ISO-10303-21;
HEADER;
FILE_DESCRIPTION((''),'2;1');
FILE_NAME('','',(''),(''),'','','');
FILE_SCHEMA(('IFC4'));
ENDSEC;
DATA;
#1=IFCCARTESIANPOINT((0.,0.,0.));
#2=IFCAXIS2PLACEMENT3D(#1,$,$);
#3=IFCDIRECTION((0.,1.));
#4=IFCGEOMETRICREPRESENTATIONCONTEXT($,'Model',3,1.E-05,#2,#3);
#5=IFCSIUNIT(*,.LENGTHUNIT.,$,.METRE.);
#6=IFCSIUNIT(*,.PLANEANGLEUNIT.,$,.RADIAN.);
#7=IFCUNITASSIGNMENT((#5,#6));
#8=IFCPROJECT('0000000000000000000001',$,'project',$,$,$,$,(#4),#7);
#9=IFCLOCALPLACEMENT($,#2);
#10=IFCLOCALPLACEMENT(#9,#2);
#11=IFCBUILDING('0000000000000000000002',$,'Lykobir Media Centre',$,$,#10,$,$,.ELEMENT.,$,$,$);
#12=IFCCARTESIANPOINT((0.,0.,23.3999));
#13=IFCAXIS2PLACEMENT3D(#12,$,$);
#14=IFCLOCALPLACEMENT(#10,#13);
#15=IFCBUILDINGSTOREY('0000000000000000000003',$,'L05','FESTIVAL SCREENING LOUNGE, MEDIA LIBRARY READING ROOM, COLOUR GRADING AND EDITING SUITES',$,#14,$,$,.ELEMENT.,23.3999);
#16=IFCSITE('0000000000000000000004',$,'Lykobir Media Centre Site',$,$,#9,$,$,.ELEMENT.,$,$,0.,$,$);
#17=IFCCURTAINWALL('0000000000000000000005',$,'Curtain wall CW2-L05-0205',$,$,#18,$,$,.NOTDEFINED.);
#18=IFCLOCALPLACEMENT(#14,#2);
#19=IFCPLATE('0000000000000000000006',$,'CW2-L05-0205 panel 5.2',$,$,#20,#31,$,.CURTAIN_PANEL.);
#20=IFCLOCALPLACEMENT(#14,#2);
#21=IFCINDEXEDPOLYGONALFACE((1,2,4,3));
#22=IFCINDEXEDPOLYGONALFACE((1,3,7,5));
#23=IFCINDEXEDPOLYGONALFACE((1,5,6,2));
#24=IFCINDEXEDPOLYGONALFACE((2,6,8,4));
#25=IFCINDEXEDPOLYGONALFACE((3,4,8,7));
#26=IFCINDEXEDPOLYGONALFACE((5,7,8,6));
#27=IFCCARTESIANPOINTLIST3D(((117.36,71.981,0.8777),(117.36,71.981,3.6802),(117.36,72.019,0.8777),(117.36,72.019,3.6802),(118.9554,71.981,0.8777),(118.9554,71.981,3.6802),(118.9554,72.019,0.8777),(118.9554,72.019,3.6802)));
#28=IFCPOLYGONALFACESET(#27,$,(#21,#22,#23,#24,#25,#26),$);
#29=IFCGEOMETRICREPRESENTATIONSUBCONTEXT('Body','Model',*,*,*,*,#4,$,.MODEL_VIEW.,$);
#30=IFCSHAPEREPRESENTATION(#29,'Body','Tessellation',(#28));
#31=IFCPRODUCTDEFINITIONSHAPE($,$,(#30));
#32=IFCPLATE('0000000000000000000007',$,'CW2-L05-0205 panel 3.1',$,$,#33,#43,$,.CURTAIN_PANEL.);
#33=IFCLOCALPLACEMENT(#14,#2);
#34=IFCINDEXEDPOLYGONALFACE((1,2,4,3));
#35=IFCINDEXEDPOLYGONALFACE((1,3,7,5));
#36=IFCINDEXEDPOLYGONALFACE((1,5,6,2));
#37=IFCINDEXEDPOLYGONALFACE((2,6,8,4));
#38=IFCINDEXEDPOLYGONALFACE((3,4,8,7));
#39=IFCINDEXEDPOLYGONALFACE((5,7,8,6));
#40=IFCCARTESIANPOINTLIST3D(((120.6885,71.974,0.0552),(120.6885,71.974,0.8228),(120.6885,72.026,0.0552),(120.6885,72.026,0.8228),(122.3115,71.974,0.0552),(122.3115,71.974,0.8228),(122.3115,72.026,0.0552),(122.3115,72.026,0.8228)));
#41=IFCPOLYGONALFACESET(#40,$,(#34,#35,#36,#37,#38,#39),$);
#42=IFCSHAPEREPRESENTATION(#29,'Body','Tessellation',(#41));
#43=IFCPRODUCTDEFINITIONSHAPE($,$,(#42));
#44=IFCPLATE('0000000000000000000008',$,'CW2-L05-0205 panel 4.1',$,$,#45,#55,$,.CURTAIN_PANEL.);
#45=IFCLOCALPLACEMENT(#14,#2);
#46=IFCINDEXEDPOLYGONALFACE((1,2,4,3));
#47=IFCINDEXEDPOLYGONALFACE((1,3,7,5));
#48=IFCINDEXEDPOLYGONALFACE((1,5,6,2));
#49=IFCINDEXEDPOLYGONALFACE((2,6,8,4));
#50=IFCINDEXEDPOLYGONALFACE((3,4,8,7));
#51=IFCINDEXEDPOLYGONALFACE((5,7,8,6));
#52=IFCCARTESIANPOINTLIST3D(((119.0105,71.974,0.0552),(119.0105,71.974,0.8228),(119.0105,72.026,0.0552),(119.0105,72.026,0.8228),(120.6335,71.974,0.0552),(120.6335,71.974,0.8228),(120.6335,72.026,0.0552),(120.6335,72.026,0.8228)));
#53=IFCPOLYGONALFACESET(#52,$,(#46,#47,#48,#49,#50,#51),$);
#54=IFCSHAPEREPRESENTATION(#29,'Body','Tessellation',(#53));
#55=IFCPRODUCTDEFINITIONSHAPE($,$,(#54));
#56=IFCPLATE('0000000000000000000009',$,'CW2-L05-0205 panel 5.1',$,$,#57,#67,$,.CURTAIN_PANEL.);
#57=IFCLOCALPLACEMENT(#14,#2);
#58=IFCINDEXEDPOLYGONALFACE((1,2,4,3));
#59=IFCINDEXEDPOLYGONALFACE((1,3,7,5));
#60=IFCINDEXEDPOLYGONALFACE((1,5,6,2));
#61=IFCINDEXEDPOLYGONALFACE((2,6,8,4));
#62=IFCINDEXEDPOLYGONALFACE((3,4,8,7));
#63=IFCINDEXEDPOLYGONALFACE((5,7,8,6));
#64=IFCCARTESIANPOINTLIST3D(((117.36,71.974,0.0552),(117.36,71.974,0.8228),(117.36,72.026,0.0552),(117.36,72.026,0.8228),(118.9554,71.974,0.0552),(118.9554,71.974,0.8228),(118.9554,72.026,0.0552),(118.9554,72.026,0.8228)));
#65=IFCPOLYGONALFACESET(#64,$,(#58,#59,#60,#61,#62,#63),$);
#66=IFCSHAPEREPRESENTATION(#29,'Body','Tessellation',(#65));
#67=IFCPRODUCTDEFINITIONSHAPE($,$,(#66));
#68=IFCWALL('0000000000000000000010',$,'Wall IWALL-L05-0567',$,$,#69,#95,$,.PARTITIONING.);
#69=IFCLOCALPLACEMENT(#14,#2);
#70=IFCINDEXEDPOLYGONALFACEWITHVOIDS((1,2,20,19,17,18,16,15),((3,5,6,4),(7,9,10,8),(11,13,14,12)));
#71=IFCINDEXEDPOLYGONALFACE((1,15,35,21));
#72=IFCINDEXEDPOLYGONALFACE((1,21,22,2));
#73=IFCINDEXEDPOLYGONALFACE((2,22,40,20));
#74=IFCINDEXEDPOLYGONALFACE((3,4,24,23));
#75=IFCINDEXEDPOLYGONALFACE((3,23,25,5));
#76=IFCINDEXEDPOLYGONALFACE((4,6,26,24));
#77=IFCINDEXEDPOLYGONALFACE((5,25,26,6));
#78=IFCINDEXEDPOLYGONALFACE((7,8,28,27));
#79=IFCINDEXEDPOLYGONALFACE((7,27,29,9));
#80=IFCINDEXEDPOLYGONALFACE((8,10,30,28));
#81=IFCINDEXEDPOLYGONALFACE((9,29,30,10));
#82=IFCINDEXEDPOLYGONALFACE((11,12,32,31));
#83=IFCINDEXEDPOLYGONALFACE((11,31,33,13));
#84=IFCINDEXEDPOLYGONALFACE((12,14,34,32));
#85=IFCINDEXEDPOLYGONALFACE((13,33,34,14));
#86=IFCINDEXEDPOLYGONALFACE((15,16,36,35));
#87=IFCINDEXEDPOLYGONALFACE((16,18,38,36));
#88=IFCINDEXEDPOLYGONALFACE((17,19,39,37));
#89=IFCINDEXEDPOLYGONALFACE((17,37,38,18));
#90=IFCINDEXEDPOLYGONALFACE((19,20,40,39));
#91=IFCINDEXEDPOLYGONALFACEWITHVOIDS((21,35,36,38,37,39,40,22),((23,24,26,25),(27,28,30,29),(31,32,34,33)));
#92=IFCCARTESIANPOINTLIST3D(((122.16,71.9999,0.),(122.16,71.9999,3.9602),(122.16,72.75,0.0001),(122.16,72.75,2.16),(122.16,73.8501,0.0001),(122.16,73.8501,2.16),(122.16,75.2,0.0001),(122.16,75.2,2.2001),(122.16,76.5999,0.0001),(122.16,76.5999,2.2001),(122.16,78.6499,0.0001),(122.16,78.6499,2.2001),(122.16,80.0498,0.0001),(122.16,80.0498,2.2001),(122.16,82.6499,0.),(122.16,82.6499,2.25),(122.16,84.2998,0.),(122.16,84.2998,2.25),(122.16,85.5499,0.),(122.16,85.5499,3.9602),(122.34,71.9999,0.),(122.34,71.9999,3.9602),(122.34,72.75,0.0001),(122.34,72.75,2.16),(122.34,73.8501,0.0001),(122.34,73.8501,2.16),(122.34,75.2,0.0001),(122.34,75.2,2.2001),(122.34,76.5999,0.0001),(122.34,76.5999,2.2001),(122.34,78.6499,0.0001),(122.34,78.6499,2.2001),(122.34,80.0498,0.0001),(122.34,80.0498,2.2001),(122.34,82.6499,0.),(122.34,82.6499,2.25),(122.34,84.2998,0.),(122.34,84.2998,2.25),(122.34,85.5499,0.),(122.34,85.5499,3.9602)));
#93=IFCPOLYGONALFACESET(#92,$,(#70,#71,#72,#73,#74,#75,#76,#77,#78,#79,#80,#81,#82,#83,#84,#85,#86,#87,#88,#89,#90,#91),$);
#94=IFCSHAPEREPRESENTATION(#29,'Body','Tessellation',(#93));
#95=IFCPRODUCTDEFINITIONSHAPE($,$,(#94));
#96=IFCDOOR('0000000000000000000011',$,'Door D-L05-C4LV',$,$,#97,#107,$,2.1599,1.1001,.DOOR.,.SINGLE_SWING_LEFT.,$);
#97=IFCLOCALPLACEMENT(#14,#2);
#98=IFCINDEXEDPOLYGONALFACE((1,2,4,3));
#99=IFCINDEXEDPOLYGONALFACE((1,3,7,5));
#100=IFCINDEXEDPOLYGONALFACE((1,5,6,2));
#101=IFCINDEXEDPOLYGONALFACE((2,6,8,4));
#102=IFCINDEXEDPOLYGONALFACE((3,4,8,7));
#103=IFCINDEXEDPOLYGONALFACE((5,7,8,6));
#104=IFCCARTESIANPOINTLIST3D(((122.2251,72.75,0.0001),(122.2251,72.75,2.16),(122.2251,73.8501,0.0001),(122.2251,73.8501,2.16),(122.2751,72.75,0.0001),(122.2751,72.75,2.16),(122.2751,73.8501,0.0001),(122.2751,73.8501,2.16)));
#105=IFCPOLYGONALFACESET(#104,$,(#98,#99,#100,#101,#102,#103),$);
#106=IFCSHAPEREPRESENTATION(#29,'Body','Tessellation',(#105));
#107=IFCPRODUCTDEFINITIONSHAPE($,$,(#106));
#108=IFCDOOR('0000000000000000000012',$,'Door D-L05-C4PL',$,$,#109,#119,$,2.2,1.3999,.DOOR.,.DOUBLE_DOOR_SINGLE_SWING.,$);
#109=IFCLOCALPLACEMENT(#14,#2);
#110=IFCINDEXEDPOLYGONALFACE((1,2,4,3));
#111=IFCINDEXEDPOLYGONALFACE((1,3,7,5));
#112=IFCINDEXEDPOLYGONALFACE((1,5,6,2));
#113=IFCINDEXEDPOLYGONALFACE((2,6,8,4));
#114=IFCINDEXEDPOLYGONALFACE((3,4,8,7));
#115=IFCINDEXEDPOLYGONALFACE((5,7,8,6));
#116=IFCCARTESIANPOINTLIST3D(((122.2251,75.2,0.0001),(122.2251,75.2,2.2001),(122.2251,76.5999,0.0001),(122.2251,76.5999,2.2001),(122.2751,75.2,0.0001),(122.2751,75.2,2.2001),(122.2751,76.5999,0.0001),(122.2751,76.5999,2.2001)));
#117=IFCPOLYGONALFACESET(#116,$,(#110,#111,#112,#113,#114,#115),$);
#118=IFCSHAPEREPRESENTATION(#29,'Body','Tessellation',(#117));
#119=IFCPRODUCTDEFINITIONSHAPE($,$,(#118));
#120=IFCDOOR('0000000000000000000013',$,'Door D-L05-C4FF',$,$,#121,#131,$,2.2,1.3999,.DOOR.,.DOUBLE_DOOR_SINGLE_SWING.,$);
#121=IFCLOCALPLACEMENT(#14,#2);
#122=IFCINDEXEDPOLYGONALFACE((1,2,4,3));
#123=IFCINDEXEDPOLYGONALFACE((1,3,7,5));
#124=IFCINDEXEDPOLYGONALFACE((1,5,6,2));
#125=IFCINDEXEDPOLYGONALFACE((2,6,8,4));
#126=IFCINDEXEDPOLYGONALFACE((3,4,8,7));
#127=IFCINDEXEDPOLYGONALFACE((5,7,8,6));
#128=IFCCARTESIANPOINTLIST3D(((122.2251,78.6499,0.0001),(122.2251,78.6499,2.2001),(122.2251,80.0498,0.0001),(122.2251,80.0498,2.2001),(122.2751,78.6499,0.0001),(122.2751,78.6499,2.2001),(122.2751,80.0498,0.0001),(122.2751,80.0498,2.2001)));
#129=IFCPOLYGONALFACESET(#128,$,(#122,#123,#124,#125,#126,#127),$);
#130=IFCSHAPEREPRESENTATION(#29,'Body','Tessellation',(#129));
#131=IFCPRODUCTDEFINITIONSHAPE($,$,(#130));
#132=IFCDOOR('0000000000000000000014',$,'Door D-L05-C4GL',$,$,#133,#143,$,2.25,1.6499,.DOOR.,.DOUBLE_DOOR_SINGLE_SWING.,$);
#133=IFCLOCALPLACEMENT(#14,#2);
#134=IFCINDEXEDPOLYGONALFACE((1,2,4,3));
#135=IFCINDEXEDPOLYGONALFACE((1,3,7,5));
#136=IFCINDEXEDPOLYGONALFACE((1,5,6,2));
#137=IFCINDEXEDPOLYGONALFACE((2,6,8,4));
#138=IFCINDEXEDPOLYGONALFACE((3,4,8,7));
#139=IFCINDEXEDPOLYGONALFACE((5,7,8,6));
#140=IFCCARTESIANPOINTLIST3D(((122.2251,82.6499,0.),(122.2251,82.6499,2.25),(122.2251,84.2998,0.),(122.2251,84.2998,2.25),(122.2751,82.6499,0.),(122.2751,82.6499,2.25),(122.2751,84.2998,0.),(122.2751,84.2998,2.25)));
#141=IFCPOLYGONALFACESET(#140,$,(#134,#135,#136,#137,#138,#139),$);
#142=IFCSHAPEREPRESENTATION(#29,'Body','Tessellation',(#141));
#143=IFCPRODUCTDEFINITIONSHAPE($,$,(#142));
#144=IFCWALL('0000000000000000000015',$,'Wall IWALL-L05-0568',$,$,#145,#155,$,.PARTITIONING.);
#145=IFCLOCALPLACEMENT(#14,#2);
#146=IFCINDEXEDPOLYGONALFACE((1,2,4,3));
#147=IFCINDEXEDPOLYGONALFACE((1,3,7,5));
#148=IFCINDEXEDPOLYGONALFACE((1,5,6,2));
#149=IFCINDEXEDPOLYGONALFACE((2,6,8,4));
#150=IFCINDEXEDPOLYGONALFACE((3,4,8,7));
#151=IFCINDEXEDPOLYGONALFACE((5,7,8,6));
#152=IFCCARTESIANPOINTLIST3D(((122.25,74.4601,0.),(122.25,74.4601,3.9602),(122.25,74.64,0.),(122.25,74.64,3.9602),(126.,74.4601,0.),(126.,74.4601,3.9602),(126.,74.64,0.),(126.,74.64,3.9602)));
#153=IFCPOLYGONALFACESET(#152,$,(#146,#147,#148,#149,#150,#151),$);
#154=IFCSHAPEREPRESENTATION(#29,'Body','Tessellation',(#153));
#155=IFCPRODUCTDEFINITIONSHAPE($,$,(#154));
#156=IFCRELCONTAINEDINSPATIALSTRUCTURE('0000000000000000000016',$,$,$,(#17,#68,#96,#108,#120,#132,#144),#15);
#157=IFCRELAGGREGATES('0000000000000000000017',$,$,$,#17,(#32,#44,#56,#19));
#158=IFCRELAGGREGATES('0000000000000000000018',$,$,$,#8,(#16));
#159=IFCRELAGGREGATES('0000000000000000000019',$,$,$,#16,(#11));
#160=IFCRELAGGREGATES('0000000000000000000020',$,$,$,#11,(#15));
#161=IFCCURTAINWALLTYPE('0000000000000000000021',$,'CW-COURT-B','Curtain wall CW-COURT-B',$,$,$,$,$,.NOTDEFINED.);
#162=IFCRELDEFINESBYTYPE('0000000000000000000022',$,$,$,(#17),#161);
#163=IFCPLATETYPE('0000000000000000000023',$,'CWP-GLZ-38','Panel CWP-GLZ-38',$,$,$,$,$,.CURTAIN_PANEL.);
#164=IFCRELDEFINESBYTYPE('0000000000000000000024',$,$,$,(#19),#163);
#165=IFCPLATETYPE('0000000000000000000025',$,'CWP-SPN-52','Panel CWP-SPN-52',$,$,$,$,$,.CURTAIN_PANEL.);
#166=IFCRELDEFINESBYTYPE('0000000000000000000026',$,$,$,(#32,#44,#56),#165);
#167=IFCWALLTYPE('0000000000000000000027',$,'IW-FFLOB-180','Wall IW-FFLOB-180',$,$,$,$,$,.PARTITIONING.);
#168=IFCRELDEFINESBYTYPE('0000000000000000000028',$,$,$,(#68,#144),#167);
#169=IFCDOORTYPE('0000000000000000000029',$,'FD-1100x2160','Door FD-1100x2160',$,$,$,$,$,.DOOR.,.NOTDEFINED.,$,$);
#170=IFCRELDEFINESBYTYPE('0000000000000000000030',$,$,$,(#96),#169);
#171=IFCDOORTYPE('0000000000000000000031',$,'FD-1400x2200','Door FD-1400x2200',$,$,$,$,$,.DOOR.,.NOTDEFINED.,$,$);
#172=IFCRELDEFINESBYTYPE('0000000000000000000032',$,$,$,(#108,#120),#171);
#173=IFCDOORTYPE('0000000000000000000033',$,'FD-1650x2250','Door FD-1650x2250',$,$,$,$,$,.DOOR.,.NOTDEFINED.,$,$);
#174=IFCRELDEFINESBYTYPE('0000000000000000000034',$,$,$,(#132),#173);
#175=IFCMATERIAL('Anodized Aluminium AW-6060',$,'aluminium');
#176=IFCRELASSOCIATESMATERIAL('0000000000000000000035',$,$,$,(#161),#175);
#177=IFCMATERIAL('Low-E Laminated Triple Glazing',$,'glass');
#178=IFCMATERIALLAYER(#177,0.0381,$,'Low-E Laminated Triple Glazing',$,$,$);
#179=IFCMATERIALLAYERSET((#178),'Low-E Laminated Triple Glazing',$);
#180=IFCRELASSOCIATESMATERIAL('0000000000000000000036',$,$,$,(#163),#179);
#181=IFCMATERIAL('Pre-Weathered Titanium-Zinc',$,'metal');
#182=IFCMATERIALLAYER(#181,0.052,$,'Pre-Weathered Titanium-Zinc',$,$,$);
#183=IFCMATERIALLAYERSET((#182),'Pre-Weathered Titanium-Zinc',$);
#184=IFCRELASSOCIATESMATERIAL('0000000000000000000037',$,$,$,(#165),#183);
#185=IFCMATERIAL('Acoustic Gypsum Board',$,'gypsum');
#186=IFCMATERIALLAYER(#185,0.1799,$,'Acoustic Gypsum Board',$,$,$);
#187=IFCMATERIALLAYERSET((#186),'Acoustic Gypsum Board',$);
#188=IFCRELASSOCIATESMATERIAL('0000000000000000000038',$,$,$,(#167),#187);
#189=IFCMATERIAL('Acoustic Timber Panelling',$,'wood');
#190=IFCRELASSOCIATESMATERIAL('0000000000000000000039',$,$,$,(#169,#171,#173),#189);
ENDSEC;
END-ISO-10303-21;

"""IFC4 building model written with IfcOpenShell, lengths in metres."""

from ifc_helpers import new_model, si_unit, direction, frame, frame_2d, origin, origin_2d, place, context, subcontext, project, spatial, rectangle, extrude, material, layer, layer_set, type_object, element, fill, aggregate, save


model = new_model("IFC4")

# Units and contexts
model_context = context("Model", 3, precision=1e-05, world=origin(), true_north=direction((0.0, 1.0)))
body_context = subcontext(model_context, "Body", "Model", "MODEL_VIEW")
ifc_project = project(units=[si_unit("LENGTHUNIT", "METRE"), si_unit("PLANEANGLEUNIT", "RADIAN")], contexts=[model_context])

# Site, building, storey
site_placement = place(None, origin())
site = spatial("IfcSite", under=ifc_project, at=site_placement, Name="Lykobir Media Centre Site", CompositionType="ELEMENT", RefElevation=0.0)
building_placement = place(site_placement, origin())
building = spatial("IfcBuilding", under=site, at=building_placement, Name="Lykobir Media Centre", CompositionType="ELEMENT")
storey_placement = place(building_placement, frame((0.0, 0.0, 23.3999)))
storey = spatial("IfcBuildingStorey", under=building, at=storey_placement, Name="L05", Description="FESTIVAL SCREENING LOUNGE, MEDIA LIBRARY READING ROOM, COLOUR GRADING AND EDITING SUITES", CompositionType="ELEMENT", Elevation=23.3999)

# Curtain wall
ifc_material_1 = material(Name="Anodized Aluminium AW-6060", Category="aluminium")
curtain_wall_type = type_object("IfcCurtainWallType", Name="CW-COURT-B", Description="Curtain wall CW-COURT-B", PredefinedType="NOTDEFINED", material=ifc_material_1)
curtain_wall_placement = place(storey_placement, origin())
curtain_wall = element("IfcCurtainWall", 1, at=curtain_wall_placement, inside=storey, type_object=curtain_wall_type, Name="Curtain wall CW2-L05-0205", PredefinedType="NOTDEFINED")

# Plates
ifc_material_2 = material(Name="Low-E Laminated Triple Glazing", Category="glass")
ifc_layer_1 = layer(ifc_material_2, 0.0381, Name="Low-E Laminated Triple Glazing")
ifc_layer_set_1 = layer_set([ifc_layer_1], Name="Low-E Laminated Triple Glazing")
plate_type_1 = type_object("IfcPlateType", Name="CWP-GLZ-38", Description="Panel CWP-GLZ-38", PredefinedType="CURTAIN_PANEL", material=ifc_layer_set_1)
plate_1_placement = place(storey_placement, frame((118.1577, 72.0, 0.8777), z_axis=(0.0, 0.0, 1.0), x_axis=(-1.0, 0.0, 0.0)))
plate_1 = element("IfcPlate", 2, at=plate_1_placement, type_object=plate_type_1, Name="CW2-L05-0205 panel 5.2", PredefinedType="CURTAIN_PANEL", context=body_context, shape_type="SweptSolid", body=[
    extrude(rectangle(XDim=1.5955, YDim=0.0381, at=origin_2d()), origin(), (0.0, 0.0, 1.0), 2.8025),
])
ifc_material_3 = material(Name="Pre-Weathered Titanium-Zinc", Category="metal")
ifc_layer_2 = layer(ifc_material_3, 0.052, Name="Pre-Weathered Titanium-Zinc")
ifc_layer_set_2 = layer_set([ifc_layer_2], Name="Pre-Weathered Titanium-Zinc")
plate_type_2 = type_object("IfcPlateType", Name="CWP-SPN-52", Description="Panel CWP-SPN-52", PredefinedType="CURTAIN_PANEL", material=ifc_layer_set_2)
plate_2_placement = place(storey_placement, frame((121.5, 72.0, 0.0552), z_axis=(0.0, 0.0, 1.0), x_axis=(-1.0, 0.0, 0.0)))
plate_2 = element("IfcPlate", 3, at=plate_2_placement, type_object=plate_type_2, Name="CW2-L05-0205 panel 3.1", PredefinedType="CURTAIN_PANEL", context=body_context, shape_type="SweptSolid", body=[
    extrude(rectangle(XDim=1.623, YDim=0.052, at=origin_2d()), origin(), (0.0, 0.0, 1.0), 0.7676),
])
plate_3_placement = place(storey_placement, frame((119.822, 72.0, 0.0552), z_axis=(0.0, 0.0, 1.0), x_axis=(-1.0, 0.0, 0.0)))
plate_3 = element("IfcPlate", 4, at=plate_3_placement, type_object=plate_type_2, Name="CW2-L05-0205 panel 4.1", PredefinedType="CURTAIN_PANEL", context=body_context, shape_type="SweptSolid", body=[
    extrude(rectangle(XDim=1.623, YDim=0.052, at=origin_2d()), origin(), (0.0, 0.0, 1.0), 0.7676),
])
plate_4_placement = place(storey_placement, frame((118.1577, 72.0, 0.0552), z_axis=(0.0, 0.0, 1.0), x_axis=(-1.0, 0.0, 0.0)))
plate_4 = element("IfcPlate", 5, at=plate_4_placement, type_object=plate_type_2, Name="CW2-L05-0205 panel 5.1", PredefinedType="CURTAIN_PANEL", context=body_context, shape_type="SweptSolid", body=[
    extrude(rectangle(XDim=1.5955, YDim=0.052, at=origin_2d()), origin(), (0.0, 0.0, 1.0), 0.7676),
])
aggregate(curtain_wall, [plate_2, plate_3, plate_4, plate_1])

# Wall, openings, doors
ifc_material_4 = material(Name="Acoustic Gypsum Board", Category="gypsum")
ifc_layer_3 = layer(ifc_material_4, 0.1799, Name="Acoustic Gypsum Board")
ifc_layer_set_3 = layer_set([ifc_layer_3], Name="Acoustic Gypsum Board")
wall_type = type_object("IfcWallType", Name="IW-FFLOB-180", Description="Wall IW-FFLOB-180", PredefinedType="PARTITIONING", material=ifc_layer_set_3)
wall_1_placement = place(storey_placement, frame((122.25, 72.0, 0.0), z_axis=(0.0, 0.0, 1.0), x_axis=(0.0, 1.0, 0.0)))
wall_1 = element("IfcWall", 6, at=wall_1_placement, inside=storey, type_object=wall_type, Name="Wall IWALL-L05-0567", PredefinedType="PARTITIONING", context=body_context, shape_type="SweptSolid", body=[
    extrude(rectangle(XDim=13.55, YDim=0.1799, at=frame_2d((6.7749, 0.0))), origin(), (0.0, 0.0, 1.0), 3.9602),
])
opening_1_placement = place(wall_1_placement, frame((0.75, 0.0, 0.0)))
opening_1 = element("IfcOpeningElement", 7, at=opening_1_placement, cuts=wall_1, PredefinedType="OPENING", context=body_context, shape_type="SweptSolid", body=[
    extrude(rectangle(XDim=1.1001, YDim=2.1599, at=frame_2d((0.55, 1.0801))), frame((0.0, 0.0999, 0.0), z_axis=(0.0, -1.0, 0.0), x_axis=(1.0, 0.0, 0.0)), (0.0, 0.0, 1.0), 0.2),
])
opening_2_placement = place(wall_1_placement, frame((3.2, 0.0, 0.0)))
opening_2 = element("IfcOpeningElement", 8, at=opening_2_placement, cuts=wall_1, PredefinedType="OPENING", context=body_context, shape_type="SweptSolid", body=[
    extrude(rectangle(XDim=1.3999, YDim=2.2, at=frame_2d((0.7, 1.1001))), frame((0.0, 0.0999, 0.0), z_axis=(0.0, -1.0, 0.0), x_axis=(1.0, 0.0, 0.0)), (0.0, 0.0, 1.0), 0.2),
])
opening_3_placement = place(wall_1_placement, frame((6.6499, 0.0, 0.0)))
opening_3 = element("IfcOpeningElement", 9, at=opening_3_placement, cuts=wall_1, PredefinedType="OPENING", context=body_context, shape_type="SweptSolid", body=[
    extrude(rectangle(XDim=1.3999, YDim=2.2, at=frame_2d((0.7, 1.1001))), frame((0.0, 0.0999, 0.0), z_axis=(0.0, -1.0, 0.0), x_axis=(1.0, 0.0, 0.0)), (0.0, 0.0, 1.0), 0.2),
])
opening_4_placement = place(wall_1_placement, frame((10.6499, 0.0, 0.0)))
opening_4 = element("IfcOpeningElement", 10, at=opening_4_placement, cuts=wall_1, PredefinedType="OPENING", context=body_context, shape_type="SweptSolid", body=[
    extrude(rectangle(XDim=1.6499, YDim=2.25, at=frame_2d((0.825, 1.125))), frame((0.0, 0.0999, 0.0), z_axis=(0.0, -1.0, 0.0), x_axis=(1.0, 0.0, 0.0)), (0.0, 0.0, 1.0), 0.2),
])
ifc_material_5 = material(Name="Acoustic Timber Panelling", Category="wood")
door_type_1 = type_object("IfcDoorType", Name="FD-1100x2160", Description="Door FD-1100x2160", OperationType="NOTDEFINED", PredefinedType="DOOR", material=ifc_material_5)
door_1_placement = place(opening_1_placement, origin())
door_1 = element("IfcDoor", 11, at=door_1_placement, inside=storey, type_object=door_type_1, Name="Door D-L05-C4LV", OperationType="SINGLE_SWING_LEFT", OverallHeight=2.1599, OverallWidth=1.1001, PredefinedType="DOOR", context=body_context, shape_type="SweptSolid", body=[
    extrude(rectangle(XDim=1.1001, YDim=2.1599, at=frame_2d((0.55, 1.0801))), frame((0.0, 0.0249, 0.0), z_axis=(0.0, -1.0, 0.0), x_axis=(1.0, 0.0, 0.0)), (0.0, 0.0, 1.0), 0.05),
])
fill(opening_1, door_1)
door_type_2 = type_object("IfcDoorType", Name="FD-1400x2200", Description="Door FD-1400x2200", OperationType="NOTDEFINED", PredefinedType="DOOR", material=ifc_material_5)
door_2_placement = place(opening_2_placement, origin())
door_2 = element("IfcDoor", 12, at=door_2_placement, inside=storey, type_object=door_type_2, Name="Door D-L05-C4PL", OperationType="DOUBLE_DOOR_SINGLE_SWING", OverallHeight=2.2, OverallWidth=1.3999, PredefinedType="DOOR", context=body_context, shape_type="SweptSolid", body=[
    extrude(rectangle(XDim=1.3999, YDim=2.2, at=frame_2d((0.7, 1.1001))), frame((0.0, 0.0249, 0.0), z_axis=(0.0, -1.0, 0.0), x_axis=(1.0, 0.0, 0.0)), (0.0, 0.0, 1.0), 0.05),
])
fill(opening_2, door_2)
door_3_placement = place(opening_3_placement, origin())
door_3 = element("IfcDoor", 13, at=door_3_placement, inside=storey, type_object=door_type_2, Name="Door D-L05-C4FF", OperationType="DOUBLE_DOOR_SINGLE_SWING", OverallHeight=2.2, OverallWidth=1.3999, PredefinedType="DOOR", context=body_context, shape_type="SweptSolid", body=[
    extrude(rectangle(XDim=1.3999, YDim=2.2, at=frame_2d((0.7, 1.1001))), frame((0.0, 0.0249, 0.0), z_axis=(0.0, -1.0, 0.0), x_axis=(1.0, 0.0, 0.0)), (0.0, 0.0, 1.0), 0.05),
])
fill(opening_3, door_3)
door_type_3 = type_object("IfcDoorType", Name="FD-1650x2250", Description="Door FD-1650x2250", OperationType="NOTDEFINED", PredefinedType="DOOR", material=ifc_material_5)
door_4_placement = place(opening_4_placement, origin())
door_4 = element("IfcDoor", 14, at=door_4_placement, inside=storey, type_object=door_type_3, Name="Door D-L05-C4GL", OperationType="DOUBLE_DOOR_SINGLE_SWING", OverallHeight=2.25, OverallWidth=1.6499, PredefinedType="DOOR", context=body_context, shape_type="SweptSolid", body=[
    extrude(rectangle(XDim=1.6499, YDim=2.25, at=frame_2d((0.825, 1.125))), frame((0.0, 0.0249, 0.0), z_axis=(0.0, -1.0, 0.0), x_axis=(1.0, 0.0, 0.0)), (0.0, 0.0, 1.0), 0.05),
])
fill(opening_4, door_4)

# Wall
wall_2_placement = place(storey_placement, frame((122.25, 74.55, 0.0), z_axis=(0.0, 0.0, 1.0), x_axis=(1.0, 0.0, 0.0)))
element("IfcWall", 15, at=wall_2_placement, inside=storey, type_object=wall_type, Name="Wall IWALL-L05-0568", PredefinedType="PARTITIONING", context=body_context, shape_type="SweptSolid", body=[
    extrude(rectangle(XDim=3.75, YDim=0.1799, at=frame_2d((1.875, 0.0))), origin(), (0.0, 0.0, 1.0), 3.9602),
])

save(model, "model.ifc")
